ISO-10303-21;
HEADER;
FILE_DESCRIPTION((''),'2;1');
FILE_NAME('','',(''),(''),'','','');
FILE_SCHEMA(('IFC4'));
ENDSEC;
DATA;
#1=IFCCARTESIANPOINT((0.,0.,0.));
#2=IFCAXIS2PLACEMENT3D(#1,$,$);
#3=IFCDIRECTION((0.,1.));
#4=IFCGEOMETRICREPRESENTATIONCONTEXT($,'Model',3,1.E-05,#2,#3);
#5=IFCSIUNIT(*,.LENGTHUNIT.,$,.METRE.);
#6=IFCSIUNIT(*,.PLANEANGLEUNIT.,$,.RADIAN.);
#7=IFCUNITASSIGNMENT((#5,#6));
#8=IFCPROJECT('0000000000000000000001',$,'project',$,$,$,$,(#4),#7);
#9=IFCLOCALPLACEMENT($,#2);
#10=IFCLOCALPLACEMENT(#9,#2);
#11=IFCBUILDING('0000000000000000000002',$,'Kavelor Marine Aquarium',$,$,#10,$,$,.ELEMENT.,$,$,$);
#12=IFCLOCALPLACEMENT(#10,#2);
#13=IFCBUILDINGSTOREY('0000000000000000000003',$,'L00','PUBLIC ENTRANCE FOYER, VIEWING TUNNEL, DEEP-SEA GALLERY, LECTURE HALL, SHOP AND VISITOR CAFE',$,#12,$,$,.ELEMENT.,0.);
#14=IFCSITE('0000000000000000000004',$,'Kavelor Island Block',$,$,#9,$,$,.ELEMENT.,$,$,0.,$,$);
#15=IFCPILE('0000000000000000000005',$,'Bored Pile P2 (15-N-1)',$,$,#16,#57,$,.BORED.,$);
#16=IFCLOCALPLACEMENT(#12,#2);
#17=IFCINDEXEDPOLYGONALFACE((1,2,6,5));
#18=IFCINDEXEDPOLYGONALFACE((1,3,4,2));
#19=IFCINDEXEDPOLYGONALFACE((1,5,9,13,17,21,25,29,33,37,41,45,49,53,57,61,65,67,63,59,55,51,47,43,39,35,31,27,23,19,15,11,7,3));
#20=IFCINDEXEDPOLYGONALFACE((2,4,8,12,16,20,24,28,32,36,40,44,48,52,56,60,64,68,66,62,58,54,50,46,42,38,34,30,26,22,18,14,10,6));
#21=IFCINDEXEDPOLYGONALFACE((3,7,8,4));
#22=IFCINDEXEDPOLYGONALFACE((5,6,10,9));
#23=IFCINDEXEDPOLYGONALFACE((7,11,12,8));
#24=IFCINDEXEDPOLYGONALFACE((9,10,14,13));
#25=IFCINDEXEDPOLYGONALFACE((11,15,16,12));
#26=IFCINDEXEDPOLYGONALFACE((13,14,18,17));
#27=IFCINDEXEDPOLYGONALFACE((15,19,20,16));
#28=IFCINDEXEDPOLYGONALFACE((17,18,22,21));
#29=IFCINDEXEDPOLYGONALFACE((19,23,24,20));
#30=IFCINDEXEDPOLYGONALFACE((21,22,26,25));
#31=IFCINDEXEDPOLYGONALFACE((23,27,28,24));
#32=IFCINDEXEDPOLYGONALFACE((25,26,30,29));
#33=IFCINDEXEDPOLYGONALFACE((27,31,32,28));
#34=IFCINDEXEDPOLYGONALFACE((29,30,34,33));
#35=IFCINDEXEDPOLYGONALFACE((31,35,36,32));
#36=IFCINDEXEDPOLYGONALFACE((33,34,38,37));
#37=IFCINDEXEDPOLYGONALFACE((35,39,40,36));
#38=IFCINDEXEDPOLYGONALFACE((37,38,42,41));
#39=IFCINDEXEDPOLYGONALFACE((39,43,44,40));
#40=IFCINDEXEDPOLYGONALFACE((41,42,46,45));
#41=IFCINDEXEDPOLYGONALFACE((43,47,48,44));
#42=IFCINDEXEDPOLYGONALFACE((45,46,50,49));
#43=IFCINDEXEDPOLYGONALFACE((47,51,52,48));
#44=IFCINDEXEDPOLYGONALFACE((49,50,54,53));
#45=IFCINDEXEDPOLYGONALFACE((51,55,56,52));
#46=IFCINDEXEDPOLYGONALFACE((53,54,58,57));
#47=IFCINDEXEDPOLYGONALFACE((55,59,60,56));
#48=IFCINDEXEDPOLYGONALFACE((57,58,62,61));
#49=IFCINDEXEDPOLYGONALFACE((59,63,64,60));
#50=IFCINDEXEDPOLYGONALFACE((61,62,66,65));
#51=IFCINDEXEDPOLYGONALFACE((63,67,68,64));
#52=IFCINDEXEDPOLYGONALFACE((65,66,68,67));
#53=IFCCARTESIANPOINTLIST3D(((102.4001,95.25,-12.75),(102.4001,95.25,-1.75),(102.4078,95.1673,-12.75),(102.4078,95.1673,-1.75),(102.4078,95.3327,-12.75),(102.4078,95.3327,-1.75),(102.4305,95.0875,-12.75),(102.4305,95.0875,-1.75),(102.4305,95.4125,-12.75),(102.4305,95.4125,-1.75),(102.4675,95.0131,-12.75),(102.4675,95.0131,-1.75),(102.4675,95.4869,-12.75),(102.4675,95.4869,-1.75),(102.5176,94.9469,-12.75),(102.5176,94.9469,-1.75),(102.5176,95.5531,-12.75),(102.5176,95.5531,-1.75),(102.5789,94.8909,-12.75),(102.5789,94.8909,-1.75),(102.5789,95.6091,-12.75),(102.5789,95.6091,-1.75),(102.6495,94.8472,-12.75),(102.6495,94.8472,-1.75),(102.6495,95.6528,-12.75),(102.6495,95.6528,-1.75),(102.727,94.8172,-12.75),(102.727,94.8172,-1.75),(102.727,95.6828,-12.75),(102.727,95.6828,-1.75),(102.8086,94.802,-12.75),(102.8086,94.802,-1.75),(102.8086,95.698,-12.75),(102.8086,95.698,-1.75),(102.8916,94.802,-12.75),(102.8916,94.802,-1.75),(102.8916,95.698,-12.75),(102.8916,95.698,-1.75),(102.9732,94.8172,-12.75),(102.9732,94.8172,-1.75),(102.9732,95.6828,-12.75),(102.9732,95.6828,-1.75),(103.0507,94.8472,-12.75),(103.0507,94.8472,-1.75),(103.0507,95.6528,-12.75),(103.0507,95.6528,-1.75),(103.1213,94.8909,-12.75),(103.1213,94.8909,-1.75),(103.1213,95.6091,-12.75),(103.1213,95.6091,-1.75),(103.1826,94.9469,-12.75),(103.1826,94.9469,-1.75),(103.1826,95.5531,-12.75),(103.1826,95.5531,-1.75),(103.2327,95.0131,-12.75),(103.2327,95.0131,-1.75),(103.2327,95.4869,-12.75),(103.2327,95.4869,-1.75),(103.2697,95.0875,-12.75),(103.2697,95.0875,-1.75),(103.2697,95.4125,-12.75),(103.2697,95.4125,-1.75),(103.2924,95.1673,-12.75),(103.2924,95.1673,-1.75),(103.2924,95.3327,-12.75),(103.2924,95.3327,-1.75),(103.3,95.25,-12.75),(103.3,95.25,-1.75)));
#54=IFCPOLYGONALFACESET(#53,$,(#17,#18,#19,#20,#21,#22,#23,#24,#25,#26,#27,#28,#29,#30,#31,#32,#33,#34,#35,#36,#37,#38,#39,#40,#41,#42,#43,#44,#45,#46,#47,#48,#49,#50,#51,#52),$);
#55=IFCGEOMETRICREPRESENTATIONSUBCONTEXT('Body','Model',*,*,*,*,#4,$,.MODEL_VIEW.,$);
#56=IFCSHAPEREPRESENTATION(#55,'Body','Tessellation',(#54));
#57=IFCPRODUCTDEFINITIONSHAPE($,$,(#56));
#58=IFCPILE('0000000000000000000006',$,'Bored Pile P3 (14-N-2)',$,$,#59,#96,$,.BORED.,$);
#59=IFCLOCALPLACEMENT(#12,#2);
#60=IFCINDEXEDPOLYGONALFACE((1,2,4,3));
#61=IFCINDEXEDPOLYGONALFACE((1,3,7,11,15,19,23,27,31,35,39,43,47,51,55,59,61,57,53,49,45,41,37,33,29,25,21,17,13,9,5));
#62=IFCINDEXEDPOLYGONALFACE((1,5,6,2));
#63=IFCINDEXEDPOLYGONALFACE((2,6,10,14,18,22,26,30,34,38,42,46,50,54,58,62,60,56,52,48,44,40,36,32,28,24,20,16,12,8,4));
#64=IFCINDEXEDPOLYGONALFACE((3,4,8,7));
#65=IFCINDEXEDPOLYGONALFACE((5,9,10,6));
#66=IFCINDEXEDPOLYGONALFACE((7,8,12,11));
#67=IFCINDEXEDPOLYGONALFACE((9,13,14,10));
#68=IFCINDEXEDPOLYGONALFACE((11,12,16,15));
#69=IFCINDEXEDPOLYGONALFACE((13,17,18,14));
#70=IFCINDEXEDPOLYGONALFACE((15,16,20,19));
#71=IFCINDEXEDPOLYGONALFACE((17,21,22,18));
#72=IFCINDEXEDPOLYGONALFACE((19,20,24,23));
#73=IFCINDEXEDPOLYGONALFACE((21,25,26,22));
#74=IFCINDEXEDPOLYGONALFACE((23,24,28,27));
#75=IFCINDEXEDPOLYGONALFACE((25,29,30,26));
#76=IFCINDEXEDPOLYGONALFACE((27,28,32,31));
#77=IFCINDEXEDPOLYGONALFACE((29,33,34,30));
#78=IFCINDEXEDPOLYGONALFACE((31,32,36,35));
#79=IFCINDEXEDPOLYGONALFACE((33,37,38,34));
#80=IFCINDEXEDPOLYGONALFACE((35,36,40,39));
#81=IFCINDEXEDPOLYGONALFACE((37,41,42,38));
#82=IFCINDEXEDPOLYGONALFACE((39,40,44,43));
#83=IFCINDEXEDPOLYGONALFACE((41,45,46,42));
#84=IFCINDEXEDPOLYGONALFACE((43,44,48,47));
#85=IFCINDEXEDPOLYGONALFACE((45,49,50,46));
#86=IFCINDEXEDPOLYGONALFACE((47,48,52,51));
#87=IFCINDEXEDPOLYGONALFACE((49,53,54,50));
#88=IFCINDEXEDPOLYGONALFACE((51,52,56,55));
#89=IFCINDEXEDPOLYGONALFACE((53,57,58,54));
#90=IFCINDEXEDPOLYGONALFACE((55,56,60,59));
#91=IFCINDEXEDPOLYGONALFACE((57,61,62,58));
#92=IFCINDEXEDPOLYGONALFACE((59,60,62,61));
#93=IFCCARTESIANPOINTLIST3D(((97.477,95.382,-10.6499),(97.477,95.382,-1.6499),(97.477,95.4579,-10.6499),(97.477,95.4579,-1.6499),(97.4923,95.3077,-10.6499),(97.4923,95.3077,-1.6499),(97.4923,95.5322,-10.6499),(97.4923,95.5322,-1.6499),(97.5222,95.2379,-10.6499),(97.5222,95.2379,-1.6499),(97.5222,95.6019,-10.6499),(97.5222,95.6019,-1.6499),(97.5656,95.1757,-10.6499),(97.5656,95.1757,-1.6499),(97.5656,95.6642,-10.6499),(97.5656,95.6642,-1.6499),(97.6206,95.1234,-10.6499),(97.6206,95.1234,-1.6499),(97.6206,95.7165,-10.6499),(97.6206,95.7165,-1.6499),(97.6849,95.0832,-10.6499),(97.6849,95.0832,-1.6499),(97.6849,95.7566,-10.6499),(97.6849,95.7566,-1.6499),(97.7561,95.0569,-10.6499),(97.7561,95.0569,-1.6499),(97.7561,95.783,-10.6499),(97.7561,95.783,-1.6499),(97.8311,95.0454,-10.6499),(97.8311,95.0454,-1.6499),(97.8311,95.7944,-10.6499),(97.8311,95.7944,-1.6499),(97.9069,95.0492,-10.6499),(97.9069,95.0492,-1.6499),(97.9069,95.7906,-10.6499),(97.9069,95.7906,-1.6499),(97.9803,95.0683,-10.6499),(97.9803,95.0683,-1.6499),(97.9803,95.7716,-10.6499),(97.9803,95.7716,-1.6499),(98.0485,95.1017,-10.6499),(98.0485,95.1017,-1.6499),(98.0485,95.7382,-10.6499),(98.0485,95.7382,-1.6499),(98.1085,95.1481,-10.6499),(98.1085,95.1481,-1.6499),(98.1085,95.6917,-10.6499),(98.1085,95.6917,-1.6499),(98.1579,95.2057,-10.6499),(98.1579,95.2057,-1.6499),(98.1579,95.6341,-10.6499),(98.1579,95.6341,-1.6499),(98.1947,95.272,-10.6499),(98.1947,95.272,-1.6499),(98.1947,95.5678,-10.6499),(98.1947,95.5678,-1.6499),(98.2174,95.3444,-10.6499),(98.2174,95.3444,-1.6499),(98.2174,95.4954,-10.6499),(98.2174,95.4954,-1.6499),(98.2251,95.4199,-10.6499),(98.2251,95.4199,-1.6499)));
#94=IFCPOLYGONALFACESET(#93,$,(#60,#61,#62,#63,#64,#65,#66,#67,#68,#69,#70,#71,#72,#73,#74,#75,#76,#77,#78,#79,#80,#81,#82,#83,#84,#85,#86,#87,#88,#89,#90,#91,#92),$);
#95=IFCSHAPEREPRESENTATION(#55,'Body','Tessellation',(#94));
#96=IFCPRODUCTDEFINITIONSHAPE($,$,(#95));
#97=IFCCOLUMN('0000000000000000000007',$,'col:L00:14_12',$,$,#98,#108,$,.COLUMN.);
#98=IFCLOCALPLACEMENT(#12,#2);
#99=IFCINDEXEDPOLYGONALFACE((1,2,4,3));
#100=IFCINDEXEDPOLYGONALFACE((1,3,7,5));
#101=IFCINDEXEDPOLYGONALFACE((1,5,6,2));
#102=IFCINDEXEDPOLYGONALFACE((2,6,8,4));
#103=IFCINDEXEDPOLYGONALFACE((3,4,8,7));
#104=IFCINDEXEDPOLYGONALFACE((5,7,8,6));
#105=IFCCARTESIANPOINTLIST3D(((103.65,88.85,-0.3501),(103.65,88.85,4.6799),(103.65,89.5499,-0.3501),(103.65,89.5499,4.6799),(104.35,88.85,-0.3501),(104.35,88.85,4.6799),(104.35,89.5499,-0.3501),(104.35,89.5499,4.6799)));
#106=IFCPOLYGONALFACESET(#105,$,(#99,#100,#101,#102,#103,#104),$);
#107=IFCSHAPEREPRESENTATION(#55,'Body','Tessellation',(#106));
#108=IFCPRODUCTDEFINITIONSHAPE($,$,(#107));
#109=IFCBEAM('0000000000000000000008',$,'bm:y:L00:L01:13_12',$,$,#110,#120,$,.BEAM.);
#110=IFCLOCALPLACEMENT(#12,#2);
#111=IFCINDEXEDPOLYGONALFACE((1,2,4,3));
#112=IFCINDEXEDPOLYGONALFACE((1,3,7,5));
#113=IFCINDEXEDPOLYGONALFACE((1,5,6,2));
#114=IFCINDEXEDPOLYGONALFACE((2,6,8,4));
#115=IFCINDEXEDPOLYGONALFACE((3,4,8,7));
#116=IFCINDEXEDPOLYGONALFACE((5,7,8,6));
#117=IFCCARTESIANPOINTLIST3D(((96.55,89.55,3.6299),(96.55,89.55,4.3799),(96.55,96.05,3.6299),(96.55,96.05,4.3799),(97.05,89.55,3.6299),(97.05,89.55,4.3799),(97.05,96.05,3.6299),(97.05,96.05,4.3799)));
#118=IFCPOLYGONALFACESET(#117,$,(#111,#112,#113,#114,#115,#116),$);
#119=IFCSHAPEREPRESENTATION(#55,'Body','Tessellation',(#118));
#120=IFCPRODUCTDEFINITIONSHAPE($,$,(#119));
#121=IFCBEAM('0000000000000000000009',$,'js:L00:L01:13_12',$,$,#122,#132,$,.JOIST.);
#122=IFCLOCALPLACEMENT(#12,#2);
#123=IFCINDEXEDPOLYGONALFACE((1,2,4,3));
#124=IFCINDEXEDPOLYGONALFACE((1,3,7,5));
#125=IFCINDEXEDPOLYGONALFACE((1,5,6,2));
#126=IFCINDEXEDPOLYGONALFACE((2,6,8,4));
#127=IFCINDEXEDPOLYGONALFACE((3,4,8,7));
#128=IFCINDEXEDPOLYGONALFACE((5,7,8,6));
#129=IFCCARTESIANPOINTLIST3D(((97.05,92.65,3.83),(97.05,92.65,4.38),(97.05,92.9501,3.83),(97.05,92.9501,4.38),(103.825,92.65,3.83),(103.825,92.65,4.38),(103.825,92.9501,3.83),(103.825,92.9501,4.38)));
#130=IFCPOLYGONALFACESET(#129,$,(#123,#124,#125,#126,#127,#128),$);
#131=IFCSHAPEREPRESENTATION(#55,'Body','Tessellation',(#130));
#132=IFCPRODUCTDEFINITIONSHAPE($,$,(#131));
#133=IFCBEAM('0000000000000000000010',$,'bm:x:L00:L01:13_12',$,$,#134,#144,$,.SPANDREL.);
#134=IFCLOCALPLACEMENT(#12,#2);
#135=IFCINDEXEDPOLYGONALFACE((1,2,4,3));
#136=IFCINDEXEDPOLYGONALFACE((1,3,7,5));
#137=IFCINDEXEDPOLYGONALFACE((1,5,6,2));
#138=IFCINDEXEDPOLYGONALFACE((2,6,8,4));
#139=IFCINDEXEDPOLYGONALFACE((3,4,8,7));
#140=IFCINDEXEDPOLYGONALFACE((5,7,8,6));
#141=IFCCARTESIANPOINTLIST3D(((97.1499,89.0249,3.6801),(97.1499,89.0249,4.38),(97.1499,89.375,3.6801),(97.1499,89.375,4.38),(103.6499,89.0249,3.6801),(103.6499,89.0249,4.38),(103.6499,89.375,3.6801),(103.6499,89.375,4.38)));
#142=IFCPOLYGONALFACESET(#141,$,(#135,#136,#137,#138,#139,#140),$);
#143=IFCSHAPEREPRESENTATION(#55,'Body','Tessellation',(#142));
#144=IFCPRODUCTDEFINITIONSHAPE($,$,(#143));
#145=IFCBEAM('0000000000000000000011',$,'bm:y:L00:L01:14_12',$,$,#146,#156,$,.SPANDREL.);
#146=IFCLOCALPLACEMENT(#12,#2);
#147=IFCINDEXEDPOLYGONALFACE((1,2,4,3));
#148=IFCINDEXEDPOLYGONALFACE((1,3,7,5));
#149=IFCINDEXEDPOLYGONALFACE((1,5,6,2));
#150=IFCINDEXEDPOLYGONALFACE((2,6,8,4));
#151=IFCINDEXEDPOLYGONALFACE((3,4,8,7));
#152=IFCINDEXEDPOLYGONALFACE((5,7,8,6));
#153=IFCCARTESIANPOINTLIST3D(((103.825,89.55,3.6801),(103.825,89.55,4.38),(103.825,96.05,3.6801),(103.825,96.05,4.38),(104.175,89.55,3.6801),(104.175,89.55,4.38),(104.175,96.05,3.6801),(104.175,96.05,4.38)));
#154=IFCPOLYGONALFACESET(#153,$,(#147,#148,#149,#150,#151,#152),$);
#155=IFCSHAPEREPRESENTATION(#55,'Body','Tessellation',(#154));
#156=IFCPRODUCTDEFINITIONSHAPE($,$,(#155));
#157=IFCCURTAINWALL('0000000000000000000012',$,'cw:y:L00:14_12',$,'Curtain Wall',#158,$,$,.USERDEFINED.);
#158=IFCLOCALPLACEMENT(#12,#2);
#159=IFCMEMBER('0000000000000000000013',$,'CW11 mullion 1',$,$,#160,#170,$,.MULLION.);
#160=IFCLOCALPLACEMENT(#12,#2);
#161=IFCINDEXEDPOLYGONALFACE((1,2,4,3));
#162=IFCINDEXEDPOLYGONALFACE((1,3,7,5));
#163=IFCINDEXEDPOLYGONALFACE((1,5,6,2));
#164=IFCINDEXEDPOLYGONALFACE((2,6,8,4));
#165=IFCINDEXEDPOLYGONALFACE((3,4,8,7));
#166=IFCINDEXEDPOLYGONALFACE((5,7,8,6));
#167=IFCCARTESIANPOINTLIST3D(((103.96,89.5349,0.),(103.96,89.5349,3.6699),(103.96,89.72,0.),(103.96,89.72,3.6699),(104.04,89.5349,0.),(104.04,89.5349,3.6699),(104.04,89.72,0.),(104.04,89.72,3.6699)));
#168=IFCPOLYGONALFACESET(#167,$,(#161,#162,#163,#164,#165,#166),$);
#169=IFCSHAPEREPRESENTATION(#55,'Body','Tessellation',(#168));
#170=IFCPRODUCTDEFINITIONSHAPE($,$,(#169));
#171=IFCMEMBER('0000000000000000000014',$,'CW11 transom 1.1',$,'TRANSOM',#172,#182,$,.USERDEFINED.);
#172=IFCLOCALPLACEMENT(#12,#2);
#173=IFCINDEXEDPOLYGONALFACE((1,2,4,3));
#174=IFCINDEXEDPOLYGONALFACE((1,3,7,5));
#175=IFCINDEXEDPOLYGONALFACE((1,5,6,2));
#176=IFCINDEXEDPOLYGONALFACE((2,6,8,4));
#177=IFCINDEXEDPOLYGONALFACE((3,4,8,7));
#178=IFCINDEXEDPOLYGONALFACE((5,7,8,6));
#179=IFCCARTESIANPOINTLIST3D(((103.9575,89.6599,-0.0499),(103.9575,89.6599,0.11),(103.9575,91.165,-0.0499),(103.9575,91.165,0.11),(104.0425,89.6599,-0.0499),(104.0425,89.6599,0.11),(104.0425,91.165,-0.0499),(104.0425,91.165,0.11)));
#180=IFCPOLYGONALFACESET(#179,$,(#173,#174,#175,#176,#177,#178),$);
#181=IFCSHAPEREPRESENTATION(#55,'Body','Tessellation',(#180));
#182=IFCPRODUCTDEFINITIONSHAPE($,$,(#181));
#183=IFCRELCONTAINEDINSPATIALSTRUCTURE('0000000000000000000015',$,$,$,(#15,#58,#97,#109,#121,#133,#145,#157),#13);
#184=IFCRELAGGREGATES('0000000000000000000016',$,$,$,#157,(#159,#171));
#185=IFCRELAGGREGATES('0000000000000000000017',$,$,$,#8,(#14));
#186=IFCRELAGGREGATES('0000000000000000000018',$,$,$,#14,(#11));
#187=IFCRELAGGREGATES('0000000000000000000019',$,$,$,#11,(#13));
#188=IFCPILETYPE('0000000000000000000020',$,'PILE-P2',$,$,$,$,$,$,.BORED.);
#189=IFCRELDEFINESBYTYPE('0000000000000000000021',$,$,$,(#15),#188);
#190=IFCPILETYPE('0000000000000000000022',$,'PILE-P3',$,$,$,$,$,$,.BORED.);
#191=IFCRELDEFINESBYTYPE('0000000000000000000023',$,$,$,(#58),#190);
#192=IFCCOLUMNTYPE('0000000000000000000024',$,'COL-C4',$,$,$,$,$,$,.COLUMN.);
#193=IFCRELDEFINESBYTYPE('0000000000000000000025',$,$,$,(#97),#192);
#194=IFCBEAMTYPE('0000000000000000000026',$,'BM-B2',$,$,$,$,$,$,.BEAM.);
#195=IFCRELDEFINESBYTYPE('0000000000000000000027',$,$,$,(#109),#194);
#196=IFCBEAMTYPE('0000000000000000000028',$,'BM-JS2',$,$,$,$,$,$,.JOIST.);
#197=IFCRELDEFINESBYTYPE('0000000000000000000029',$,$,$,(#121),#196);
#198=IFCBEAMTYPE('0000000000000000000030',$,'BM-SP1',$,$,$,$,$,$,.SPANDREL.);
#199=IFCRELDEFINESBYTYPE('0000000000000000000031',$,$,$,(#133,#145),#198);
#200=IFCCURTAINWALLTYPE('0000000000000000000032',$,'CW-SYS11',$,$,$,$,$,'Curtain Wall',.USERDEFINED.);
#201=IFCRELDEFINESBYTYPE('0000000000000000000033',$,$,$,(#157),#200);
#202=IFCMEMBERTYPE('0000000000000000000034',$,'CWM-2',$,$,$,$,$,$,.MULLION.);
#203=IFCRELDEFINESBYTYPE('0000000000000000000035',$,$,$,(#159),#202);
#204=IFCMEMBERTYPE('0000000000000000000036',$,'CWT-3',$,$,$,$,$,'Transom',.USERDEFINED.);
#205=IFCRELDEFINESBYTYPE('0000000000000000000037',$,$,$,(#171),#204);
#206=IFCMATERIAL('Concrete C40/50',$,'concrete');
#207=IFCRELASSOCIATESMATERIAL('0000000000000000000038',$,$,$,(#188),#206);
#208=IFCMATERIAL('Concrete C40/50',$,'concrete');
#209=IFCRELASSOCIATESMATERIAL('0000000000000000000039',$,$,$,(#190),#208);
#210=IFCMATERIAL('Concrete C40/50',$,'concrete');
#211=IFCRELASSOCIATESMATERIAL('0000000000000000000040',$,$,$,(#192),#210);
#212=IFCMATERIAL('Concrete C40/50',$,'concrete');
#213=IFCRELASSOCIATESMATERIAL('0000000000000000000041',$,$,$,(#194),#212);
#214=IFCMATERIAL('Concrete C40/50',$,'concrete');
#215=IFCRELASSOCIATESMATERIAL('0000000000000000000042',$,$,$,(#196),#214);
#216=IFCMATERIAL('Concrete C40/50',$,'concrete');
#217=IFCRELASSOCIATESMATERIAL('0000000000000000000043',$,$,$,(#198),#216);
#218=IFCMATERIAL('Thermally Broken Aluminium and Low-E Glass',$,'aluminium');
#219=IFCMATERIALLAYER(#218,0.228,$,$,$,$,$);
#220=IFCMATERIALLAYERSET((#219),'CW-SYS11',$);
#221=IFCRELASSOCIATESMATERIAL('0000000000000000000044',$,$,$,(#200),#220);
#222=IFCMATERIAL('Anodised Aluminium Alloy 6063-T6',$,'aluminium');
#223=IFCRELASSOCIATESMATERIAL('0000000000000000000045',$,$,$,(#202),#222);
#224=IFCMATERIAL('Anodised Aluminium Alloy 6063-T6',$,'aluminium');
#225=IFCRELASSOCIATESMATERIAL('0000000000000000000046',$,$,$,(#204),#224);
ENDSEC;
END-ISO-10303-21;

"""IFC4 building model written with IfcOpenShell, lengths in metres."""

from ifc_helpers import new_model, si_unit, direction, frame, origin, origin_2d, place, context, subcontext, project, spatial, rectangle, circle, extrude, material, layer, layer_set, material_profile, profile_set, type_object, element, aggregate, save


model = new_model("IFC4")

# Units and contexts
model_context = context("Model", 3, precision=1e-05, world=origin(), true_north=direction((0.0, 1.0)))
body_context = subcontext(model_context, "Body", "Model", "MODEL_VIEW")
ifc_project = project(units=[si_unit("LENGTHUNIT", "METRE"), si_unit("PLANEANGLEUNIT", "RADIAN")], contexts=[model_context])

# Site, building, storey
site_placement = place(None, origin())
site = spatial("IfcSite", under=ifc_project, at=site_placement, Name="Kavelor Island Block", CompositionType="ELEMENT", RefElevation=0.0)
building_placement = place(site_placement, origin())
building = spatial("IfcBuilding", under=site, at=building_placement, Name="Kavelor Marine Aquarium", CompositionType="ELEMENT")
storey_placement = place(building_placement, origin())
storey = spatial("IfcBuildingStorey", under=building, at=storey_placement, Name="L00", Description="PUBLIC ENTRANCE FOYER, VIEWING TUNNEL, DEEP-SEA GALLERY, LECTURE HALL, SHOP AND VISITOR CAFE", CompositionType="ELEMENT", Elevation=0.0)

# Piles
ifc_material_1 = material(Name="Concrete C40/50", Category="concrete")
ifc_material_profile_1 = material_profile(ifc_material_1, circle(Radius=0.45, at=origin_2d()), Name="PILE D900")
ifc_profile_set_1 = profile_set([ifc_material_profile_1], Name="Concrete C40/50")
pile_type_1 = type_object("IfcPileType", Name="PILE-P2", PredefinedType="BORED", material=ifc_profile_set_1)
for number, where, z_axis, x_axis, name in (
    (1, (102.8501, 95.25, -1.75), (0.0, 0.0, -1.0), (1.0, 0.0, 0.0), "Bored Pile P2 (15-N-1)"),
):
    element("IfcPile", number, at=place(storey_placement, frame(where, z_axis=z_axis, x_axis=x_axis)), inside=storey, type_object=pile_type_1, Name=name, PredefinedType="BORED", context=body_context, shape_type="SweptSolid", body=[
        extrude(circle(Radius=0.45, at=origin_2d()), origin(), (0.0, 0.0, 1.0), 11.0),
    ])
ifc_material_2 = material(Name="Concrete C40/50", Category="concrete")
ifc_material_profile_2 = material_profile(ifc_material_2, circle(Radius=0.375, at=origin_2d()), Name="PILE D750")
ifc_profile_set_2 = profile_set([ifc_material_profile_2], Name="Concrete C40/50")
pile_type_2 = type_object("IfcPileType", Name="PILE-P3", PredefinedType="BORED", material=ifc_profile_set_2)
pile_placement = place(storey_placement, frame((97.8501, 95.4199, -1.6499), z_axis=(0.0, 0.0, -1.0), x_axis=(1.0, 0.0, 0.0)))
element("IfcPile", 2, at=pile_placement, inside=storey, type_object=pile_type_2, Name="Bored Pile P3 (14-N-2)", PredefinedType="BORED", context=body_context, shape_type="SweptSolid", body=[
    extrude(circle(Radius=0.375, at=origin_2d()), origin(), (0.0, 0.0, 1.0), 9.0),
])

# Column
ifc_material_3 = material(Name="Concrete C40/50", Category="concrete")
ifc_material_profile_3 = material_profile(ifc_material_3, rectangle(XDim=0.7, YDim=0.7, at=origin_2d()), Name="RC-COL 700x700")
ifc_profile_set_3 = profile_set([ifc_material_profile_3], Name="Concrete C40/50")
column_type = type_object("IfcColumnType", Name="COL-C4", PredefinedType="COLUMN", material=ifc_profile_set_3)
column_placement = place(storey_placement, frame((104.0, 89.2, -0.3501), z_axis=(0.0, 0.0, 1.0), x_axis=(1.0, 0.0, 0.0)))
element("IfcColumn", 3, at=column_placement, inside=storey, type_object=column_type, Name="col:L00:14_12", PredefinedType="COLUMN", context=body_context, shape_type="SweptSolid", body=[
    extrude(rectangle(XDim=0.7, YDim=0.7, at=origin_2d()), origin(), (0.0, 0.0, 1.0), 5.03),
])

# Beams
ifc_material_4 = material(Name="Concrete C40/50", Category="concrete")
ifc_material_profile_4 = material_profile(ifc_material_4, rectangle(XDim=0.5, YDim=0.75, at=origin_2d()), Name="RC-BM 500x750")
ifc_profile_set_4 = profile_set([ifc_material_profile_4], Name="Concrete C40/50")
beam_type_1 = type_object("IfcBeamType", Name="BM-B2", PredefinedType="BEAM", material=ifc_profile_set_4)
beam_1_placement = place(storey_placement, frame((96.8, 89.55, 4.0049), z_axis=(0.0, 1.0, 0.0), x_axis=(-1.0, 0.0, 0.0)))
element("IfcBeam", 4, at=beam_1_placement, inside=storey, type_object=beam_type_1, Name="bm:y:L00:L01:13_12", PredefinedType="BEAM", context=body_context, shape_type="SweptSolid", body=[
    extrude(rectangle(XDim=0.5, YDim=0.75, at=origin_2d()), origin(), (0.0, 0.0, 1.0), 6.5),
])
ifc_material_5 = material(Name="Concrete C40/50", Category="concrete")
ifc_material_profile_5 = material_profile(ifc_material_5, rectangle(XDim=0.3, YDim=0.55, at=origin_2d()), Name="RC-JS 300x550")
ifc_profile_set_5 = profile_set([ifc_material_profile_5], Name="Concrete C40/50")
beam_type_2 = type_object("IfcBeamType", Name="BM-JS2", PredefinedType="JOIST", material=ifc_profile_set_5)
beam_2_placement = place(storey_placement, frame((97.05, 92.8, 4.105), z_axis=(1.0, 0.0, 0.0), x_axis=(0.0, 1.0, 0.0)))
element("IfcBeam", 5, at=beam_2_placement, inside=storey, type_object=beam_type_2, Name="js:L00:L01:13_12", PredefinedType="JOIST", context=body_context, shape_type="SweptSolid", body=[
    extrude(rectangle(XDim=0.3, YDim=0.55, at=origin_2d()), origin(), (0.0, 0.0, 1.0), 6.7749),
])
ifc_material_6 = material(Name="Concrete C40/50", Category="concrete")
ifc_material_profile_6 = material_profile(ifc_material_6, rectangle(XDim=0.3501, YDim=0.7, at=origin_2d()), Name="RC-SP 350x700")
ifc_profile_set_6 = profile_set([ifc_material_profile_6], Name="Concrete C40/50")
beam_type_3 = type_object("IfcBeamType", Name="BM-SP1", PredefinedType="SPANDREL", material=ifc_profile_set_6)
for number, where, z_axis, x_axis, name in (
    (6, (97.1499, 89.2, 4.03), (1.0, 0.0, 0.0), (0.0, 1.0, 0.0), "bm:x:L00:L01:13_12"),
    (7, (104.0, 89.55, 4.03), (0.0, 1.0, 0.0), (-1.0, 0.0, 0.0), "bm:y:L00:L01:14_12"),
):
    element("IfcBeam", number, at=place(storey_placement, frame(where, z_axis=z_axis, x_axis=x_axis)), inside=storey, type_object=beam_type_3, Name=name, PredefinedType="SPANDREL", context=body_context, shape_type="SweptSolid", body=[
        extrude(rectangle(XDim=0.3501, YDim=0.7, at=origin_2d()), origin(), (0.0, 0.0, 1.0), 6.5),
    ])

# Curtain wall, members
ifc_material_7 = material(Name="Thermally Broken Aluminium and Low-E Glass", Category="aluminium")
ifc_layer_1 = layer(ifc_material_7, 0.228)
ifc_layer_set_1 = layer_set([ifc_layer_1], Name="CW-SYS11")
curtain_wall_type = type_object("IfcCurtainWallType", Name="CW-SYS11", ElementType="Curtain Wall", PredefinedType="USERDEFINED", material=ifc_layer_set_1)
curtain_wall_placement = place(storey_placement, origin())
curtain_wall = element("IfcCurtainWall", 8, at=curtain_wall_placement, inside=storey, type_object=curtain_wall_type, Name="cw:y:L00:14_12", ObjectType="Curtain Wall", PredefinedType="USERDEFINED")
ifc_material_8 = material(Name="Anodised Aluminium Alloy 6063-T6", Category="aluminium")
ifc_material_profile_7 = material_profile(ifc_material_8, rectangle(XDim=0.0801, YDim=0.1851, at=origin_2d()), Name="CW-MUL 80x185")
ifc_profile_set_7 = profile_set([ifc_material_profile_7], Name="Anodised Aluminium Alloy 6063-T6")
member_type_1 = type_object("IfcMemberType", Name="CWM-2", PredefinedType="MULLION", material=ifc_profile_set_7)
member_1_placement = place(storey_placement, frame((104.0, 89.6274, 0.0), z_axis=(0.0, 0.0, 1.0), x_axis=(-1.0, 0.0, 0.0)))
member_1 = element("IfcMember", 9, at=member_1_placement, type_object=member_type_1, Name="CW11 mullion 1", PredefinedType="MULLION", context=body_context, shape_type="SweptSolid", body=[
    extrude(rectangle(XDim=0.0801, YDim=0.1851, at=origin_2d()), origin(), (0.0, 0.0, 1.0), 3.6699),
])
ifc_material_9 = material(Name="Anodised Aluminium Alloy 6063-T6", Category="aluminium")
ifc_material_profile_8 = material_profile(ifc_material_9, rectangle(XDim=0.085, YDim=0.1599, at=origin_2d()), Name="CW-TRN 85x160")
ifc_profile_set_8 = profile_set([ifc_material_profile_8], Name="Anodised Aluminium Alloy 6063-T6")
member_type_2 = type_object("IfcMemberType", Name="CWT-3", ElementType="Transom", PredefinedType="USERDEFINED", material=ifc_profile_set_8)
member_2_placement = place(storey_placement, frame((104.0, 89.6599, 0.03), z_axis=(0.0, 1.0, 0.0), x_axis=(-1.0, 0.0, 0.0)))
member_2 = element("IfcMember", 10, at=member_2_placement, type_object=member_type_2, Name="CW11 transom 1.1", ObjectType="TRANSOM", PredefinedType="USERDEFINED", context=body_context, shape_type="SweptSolid", body=[
    extrude(rectangle(XDim=0.085, YDim=0.1599, at=origin_2d()), origin(), (0.0, 0.0, 1.0), 1.5051),
])
aggregate(curtain_wall, [member_1, member_2])

save(model, "model.ifc")
